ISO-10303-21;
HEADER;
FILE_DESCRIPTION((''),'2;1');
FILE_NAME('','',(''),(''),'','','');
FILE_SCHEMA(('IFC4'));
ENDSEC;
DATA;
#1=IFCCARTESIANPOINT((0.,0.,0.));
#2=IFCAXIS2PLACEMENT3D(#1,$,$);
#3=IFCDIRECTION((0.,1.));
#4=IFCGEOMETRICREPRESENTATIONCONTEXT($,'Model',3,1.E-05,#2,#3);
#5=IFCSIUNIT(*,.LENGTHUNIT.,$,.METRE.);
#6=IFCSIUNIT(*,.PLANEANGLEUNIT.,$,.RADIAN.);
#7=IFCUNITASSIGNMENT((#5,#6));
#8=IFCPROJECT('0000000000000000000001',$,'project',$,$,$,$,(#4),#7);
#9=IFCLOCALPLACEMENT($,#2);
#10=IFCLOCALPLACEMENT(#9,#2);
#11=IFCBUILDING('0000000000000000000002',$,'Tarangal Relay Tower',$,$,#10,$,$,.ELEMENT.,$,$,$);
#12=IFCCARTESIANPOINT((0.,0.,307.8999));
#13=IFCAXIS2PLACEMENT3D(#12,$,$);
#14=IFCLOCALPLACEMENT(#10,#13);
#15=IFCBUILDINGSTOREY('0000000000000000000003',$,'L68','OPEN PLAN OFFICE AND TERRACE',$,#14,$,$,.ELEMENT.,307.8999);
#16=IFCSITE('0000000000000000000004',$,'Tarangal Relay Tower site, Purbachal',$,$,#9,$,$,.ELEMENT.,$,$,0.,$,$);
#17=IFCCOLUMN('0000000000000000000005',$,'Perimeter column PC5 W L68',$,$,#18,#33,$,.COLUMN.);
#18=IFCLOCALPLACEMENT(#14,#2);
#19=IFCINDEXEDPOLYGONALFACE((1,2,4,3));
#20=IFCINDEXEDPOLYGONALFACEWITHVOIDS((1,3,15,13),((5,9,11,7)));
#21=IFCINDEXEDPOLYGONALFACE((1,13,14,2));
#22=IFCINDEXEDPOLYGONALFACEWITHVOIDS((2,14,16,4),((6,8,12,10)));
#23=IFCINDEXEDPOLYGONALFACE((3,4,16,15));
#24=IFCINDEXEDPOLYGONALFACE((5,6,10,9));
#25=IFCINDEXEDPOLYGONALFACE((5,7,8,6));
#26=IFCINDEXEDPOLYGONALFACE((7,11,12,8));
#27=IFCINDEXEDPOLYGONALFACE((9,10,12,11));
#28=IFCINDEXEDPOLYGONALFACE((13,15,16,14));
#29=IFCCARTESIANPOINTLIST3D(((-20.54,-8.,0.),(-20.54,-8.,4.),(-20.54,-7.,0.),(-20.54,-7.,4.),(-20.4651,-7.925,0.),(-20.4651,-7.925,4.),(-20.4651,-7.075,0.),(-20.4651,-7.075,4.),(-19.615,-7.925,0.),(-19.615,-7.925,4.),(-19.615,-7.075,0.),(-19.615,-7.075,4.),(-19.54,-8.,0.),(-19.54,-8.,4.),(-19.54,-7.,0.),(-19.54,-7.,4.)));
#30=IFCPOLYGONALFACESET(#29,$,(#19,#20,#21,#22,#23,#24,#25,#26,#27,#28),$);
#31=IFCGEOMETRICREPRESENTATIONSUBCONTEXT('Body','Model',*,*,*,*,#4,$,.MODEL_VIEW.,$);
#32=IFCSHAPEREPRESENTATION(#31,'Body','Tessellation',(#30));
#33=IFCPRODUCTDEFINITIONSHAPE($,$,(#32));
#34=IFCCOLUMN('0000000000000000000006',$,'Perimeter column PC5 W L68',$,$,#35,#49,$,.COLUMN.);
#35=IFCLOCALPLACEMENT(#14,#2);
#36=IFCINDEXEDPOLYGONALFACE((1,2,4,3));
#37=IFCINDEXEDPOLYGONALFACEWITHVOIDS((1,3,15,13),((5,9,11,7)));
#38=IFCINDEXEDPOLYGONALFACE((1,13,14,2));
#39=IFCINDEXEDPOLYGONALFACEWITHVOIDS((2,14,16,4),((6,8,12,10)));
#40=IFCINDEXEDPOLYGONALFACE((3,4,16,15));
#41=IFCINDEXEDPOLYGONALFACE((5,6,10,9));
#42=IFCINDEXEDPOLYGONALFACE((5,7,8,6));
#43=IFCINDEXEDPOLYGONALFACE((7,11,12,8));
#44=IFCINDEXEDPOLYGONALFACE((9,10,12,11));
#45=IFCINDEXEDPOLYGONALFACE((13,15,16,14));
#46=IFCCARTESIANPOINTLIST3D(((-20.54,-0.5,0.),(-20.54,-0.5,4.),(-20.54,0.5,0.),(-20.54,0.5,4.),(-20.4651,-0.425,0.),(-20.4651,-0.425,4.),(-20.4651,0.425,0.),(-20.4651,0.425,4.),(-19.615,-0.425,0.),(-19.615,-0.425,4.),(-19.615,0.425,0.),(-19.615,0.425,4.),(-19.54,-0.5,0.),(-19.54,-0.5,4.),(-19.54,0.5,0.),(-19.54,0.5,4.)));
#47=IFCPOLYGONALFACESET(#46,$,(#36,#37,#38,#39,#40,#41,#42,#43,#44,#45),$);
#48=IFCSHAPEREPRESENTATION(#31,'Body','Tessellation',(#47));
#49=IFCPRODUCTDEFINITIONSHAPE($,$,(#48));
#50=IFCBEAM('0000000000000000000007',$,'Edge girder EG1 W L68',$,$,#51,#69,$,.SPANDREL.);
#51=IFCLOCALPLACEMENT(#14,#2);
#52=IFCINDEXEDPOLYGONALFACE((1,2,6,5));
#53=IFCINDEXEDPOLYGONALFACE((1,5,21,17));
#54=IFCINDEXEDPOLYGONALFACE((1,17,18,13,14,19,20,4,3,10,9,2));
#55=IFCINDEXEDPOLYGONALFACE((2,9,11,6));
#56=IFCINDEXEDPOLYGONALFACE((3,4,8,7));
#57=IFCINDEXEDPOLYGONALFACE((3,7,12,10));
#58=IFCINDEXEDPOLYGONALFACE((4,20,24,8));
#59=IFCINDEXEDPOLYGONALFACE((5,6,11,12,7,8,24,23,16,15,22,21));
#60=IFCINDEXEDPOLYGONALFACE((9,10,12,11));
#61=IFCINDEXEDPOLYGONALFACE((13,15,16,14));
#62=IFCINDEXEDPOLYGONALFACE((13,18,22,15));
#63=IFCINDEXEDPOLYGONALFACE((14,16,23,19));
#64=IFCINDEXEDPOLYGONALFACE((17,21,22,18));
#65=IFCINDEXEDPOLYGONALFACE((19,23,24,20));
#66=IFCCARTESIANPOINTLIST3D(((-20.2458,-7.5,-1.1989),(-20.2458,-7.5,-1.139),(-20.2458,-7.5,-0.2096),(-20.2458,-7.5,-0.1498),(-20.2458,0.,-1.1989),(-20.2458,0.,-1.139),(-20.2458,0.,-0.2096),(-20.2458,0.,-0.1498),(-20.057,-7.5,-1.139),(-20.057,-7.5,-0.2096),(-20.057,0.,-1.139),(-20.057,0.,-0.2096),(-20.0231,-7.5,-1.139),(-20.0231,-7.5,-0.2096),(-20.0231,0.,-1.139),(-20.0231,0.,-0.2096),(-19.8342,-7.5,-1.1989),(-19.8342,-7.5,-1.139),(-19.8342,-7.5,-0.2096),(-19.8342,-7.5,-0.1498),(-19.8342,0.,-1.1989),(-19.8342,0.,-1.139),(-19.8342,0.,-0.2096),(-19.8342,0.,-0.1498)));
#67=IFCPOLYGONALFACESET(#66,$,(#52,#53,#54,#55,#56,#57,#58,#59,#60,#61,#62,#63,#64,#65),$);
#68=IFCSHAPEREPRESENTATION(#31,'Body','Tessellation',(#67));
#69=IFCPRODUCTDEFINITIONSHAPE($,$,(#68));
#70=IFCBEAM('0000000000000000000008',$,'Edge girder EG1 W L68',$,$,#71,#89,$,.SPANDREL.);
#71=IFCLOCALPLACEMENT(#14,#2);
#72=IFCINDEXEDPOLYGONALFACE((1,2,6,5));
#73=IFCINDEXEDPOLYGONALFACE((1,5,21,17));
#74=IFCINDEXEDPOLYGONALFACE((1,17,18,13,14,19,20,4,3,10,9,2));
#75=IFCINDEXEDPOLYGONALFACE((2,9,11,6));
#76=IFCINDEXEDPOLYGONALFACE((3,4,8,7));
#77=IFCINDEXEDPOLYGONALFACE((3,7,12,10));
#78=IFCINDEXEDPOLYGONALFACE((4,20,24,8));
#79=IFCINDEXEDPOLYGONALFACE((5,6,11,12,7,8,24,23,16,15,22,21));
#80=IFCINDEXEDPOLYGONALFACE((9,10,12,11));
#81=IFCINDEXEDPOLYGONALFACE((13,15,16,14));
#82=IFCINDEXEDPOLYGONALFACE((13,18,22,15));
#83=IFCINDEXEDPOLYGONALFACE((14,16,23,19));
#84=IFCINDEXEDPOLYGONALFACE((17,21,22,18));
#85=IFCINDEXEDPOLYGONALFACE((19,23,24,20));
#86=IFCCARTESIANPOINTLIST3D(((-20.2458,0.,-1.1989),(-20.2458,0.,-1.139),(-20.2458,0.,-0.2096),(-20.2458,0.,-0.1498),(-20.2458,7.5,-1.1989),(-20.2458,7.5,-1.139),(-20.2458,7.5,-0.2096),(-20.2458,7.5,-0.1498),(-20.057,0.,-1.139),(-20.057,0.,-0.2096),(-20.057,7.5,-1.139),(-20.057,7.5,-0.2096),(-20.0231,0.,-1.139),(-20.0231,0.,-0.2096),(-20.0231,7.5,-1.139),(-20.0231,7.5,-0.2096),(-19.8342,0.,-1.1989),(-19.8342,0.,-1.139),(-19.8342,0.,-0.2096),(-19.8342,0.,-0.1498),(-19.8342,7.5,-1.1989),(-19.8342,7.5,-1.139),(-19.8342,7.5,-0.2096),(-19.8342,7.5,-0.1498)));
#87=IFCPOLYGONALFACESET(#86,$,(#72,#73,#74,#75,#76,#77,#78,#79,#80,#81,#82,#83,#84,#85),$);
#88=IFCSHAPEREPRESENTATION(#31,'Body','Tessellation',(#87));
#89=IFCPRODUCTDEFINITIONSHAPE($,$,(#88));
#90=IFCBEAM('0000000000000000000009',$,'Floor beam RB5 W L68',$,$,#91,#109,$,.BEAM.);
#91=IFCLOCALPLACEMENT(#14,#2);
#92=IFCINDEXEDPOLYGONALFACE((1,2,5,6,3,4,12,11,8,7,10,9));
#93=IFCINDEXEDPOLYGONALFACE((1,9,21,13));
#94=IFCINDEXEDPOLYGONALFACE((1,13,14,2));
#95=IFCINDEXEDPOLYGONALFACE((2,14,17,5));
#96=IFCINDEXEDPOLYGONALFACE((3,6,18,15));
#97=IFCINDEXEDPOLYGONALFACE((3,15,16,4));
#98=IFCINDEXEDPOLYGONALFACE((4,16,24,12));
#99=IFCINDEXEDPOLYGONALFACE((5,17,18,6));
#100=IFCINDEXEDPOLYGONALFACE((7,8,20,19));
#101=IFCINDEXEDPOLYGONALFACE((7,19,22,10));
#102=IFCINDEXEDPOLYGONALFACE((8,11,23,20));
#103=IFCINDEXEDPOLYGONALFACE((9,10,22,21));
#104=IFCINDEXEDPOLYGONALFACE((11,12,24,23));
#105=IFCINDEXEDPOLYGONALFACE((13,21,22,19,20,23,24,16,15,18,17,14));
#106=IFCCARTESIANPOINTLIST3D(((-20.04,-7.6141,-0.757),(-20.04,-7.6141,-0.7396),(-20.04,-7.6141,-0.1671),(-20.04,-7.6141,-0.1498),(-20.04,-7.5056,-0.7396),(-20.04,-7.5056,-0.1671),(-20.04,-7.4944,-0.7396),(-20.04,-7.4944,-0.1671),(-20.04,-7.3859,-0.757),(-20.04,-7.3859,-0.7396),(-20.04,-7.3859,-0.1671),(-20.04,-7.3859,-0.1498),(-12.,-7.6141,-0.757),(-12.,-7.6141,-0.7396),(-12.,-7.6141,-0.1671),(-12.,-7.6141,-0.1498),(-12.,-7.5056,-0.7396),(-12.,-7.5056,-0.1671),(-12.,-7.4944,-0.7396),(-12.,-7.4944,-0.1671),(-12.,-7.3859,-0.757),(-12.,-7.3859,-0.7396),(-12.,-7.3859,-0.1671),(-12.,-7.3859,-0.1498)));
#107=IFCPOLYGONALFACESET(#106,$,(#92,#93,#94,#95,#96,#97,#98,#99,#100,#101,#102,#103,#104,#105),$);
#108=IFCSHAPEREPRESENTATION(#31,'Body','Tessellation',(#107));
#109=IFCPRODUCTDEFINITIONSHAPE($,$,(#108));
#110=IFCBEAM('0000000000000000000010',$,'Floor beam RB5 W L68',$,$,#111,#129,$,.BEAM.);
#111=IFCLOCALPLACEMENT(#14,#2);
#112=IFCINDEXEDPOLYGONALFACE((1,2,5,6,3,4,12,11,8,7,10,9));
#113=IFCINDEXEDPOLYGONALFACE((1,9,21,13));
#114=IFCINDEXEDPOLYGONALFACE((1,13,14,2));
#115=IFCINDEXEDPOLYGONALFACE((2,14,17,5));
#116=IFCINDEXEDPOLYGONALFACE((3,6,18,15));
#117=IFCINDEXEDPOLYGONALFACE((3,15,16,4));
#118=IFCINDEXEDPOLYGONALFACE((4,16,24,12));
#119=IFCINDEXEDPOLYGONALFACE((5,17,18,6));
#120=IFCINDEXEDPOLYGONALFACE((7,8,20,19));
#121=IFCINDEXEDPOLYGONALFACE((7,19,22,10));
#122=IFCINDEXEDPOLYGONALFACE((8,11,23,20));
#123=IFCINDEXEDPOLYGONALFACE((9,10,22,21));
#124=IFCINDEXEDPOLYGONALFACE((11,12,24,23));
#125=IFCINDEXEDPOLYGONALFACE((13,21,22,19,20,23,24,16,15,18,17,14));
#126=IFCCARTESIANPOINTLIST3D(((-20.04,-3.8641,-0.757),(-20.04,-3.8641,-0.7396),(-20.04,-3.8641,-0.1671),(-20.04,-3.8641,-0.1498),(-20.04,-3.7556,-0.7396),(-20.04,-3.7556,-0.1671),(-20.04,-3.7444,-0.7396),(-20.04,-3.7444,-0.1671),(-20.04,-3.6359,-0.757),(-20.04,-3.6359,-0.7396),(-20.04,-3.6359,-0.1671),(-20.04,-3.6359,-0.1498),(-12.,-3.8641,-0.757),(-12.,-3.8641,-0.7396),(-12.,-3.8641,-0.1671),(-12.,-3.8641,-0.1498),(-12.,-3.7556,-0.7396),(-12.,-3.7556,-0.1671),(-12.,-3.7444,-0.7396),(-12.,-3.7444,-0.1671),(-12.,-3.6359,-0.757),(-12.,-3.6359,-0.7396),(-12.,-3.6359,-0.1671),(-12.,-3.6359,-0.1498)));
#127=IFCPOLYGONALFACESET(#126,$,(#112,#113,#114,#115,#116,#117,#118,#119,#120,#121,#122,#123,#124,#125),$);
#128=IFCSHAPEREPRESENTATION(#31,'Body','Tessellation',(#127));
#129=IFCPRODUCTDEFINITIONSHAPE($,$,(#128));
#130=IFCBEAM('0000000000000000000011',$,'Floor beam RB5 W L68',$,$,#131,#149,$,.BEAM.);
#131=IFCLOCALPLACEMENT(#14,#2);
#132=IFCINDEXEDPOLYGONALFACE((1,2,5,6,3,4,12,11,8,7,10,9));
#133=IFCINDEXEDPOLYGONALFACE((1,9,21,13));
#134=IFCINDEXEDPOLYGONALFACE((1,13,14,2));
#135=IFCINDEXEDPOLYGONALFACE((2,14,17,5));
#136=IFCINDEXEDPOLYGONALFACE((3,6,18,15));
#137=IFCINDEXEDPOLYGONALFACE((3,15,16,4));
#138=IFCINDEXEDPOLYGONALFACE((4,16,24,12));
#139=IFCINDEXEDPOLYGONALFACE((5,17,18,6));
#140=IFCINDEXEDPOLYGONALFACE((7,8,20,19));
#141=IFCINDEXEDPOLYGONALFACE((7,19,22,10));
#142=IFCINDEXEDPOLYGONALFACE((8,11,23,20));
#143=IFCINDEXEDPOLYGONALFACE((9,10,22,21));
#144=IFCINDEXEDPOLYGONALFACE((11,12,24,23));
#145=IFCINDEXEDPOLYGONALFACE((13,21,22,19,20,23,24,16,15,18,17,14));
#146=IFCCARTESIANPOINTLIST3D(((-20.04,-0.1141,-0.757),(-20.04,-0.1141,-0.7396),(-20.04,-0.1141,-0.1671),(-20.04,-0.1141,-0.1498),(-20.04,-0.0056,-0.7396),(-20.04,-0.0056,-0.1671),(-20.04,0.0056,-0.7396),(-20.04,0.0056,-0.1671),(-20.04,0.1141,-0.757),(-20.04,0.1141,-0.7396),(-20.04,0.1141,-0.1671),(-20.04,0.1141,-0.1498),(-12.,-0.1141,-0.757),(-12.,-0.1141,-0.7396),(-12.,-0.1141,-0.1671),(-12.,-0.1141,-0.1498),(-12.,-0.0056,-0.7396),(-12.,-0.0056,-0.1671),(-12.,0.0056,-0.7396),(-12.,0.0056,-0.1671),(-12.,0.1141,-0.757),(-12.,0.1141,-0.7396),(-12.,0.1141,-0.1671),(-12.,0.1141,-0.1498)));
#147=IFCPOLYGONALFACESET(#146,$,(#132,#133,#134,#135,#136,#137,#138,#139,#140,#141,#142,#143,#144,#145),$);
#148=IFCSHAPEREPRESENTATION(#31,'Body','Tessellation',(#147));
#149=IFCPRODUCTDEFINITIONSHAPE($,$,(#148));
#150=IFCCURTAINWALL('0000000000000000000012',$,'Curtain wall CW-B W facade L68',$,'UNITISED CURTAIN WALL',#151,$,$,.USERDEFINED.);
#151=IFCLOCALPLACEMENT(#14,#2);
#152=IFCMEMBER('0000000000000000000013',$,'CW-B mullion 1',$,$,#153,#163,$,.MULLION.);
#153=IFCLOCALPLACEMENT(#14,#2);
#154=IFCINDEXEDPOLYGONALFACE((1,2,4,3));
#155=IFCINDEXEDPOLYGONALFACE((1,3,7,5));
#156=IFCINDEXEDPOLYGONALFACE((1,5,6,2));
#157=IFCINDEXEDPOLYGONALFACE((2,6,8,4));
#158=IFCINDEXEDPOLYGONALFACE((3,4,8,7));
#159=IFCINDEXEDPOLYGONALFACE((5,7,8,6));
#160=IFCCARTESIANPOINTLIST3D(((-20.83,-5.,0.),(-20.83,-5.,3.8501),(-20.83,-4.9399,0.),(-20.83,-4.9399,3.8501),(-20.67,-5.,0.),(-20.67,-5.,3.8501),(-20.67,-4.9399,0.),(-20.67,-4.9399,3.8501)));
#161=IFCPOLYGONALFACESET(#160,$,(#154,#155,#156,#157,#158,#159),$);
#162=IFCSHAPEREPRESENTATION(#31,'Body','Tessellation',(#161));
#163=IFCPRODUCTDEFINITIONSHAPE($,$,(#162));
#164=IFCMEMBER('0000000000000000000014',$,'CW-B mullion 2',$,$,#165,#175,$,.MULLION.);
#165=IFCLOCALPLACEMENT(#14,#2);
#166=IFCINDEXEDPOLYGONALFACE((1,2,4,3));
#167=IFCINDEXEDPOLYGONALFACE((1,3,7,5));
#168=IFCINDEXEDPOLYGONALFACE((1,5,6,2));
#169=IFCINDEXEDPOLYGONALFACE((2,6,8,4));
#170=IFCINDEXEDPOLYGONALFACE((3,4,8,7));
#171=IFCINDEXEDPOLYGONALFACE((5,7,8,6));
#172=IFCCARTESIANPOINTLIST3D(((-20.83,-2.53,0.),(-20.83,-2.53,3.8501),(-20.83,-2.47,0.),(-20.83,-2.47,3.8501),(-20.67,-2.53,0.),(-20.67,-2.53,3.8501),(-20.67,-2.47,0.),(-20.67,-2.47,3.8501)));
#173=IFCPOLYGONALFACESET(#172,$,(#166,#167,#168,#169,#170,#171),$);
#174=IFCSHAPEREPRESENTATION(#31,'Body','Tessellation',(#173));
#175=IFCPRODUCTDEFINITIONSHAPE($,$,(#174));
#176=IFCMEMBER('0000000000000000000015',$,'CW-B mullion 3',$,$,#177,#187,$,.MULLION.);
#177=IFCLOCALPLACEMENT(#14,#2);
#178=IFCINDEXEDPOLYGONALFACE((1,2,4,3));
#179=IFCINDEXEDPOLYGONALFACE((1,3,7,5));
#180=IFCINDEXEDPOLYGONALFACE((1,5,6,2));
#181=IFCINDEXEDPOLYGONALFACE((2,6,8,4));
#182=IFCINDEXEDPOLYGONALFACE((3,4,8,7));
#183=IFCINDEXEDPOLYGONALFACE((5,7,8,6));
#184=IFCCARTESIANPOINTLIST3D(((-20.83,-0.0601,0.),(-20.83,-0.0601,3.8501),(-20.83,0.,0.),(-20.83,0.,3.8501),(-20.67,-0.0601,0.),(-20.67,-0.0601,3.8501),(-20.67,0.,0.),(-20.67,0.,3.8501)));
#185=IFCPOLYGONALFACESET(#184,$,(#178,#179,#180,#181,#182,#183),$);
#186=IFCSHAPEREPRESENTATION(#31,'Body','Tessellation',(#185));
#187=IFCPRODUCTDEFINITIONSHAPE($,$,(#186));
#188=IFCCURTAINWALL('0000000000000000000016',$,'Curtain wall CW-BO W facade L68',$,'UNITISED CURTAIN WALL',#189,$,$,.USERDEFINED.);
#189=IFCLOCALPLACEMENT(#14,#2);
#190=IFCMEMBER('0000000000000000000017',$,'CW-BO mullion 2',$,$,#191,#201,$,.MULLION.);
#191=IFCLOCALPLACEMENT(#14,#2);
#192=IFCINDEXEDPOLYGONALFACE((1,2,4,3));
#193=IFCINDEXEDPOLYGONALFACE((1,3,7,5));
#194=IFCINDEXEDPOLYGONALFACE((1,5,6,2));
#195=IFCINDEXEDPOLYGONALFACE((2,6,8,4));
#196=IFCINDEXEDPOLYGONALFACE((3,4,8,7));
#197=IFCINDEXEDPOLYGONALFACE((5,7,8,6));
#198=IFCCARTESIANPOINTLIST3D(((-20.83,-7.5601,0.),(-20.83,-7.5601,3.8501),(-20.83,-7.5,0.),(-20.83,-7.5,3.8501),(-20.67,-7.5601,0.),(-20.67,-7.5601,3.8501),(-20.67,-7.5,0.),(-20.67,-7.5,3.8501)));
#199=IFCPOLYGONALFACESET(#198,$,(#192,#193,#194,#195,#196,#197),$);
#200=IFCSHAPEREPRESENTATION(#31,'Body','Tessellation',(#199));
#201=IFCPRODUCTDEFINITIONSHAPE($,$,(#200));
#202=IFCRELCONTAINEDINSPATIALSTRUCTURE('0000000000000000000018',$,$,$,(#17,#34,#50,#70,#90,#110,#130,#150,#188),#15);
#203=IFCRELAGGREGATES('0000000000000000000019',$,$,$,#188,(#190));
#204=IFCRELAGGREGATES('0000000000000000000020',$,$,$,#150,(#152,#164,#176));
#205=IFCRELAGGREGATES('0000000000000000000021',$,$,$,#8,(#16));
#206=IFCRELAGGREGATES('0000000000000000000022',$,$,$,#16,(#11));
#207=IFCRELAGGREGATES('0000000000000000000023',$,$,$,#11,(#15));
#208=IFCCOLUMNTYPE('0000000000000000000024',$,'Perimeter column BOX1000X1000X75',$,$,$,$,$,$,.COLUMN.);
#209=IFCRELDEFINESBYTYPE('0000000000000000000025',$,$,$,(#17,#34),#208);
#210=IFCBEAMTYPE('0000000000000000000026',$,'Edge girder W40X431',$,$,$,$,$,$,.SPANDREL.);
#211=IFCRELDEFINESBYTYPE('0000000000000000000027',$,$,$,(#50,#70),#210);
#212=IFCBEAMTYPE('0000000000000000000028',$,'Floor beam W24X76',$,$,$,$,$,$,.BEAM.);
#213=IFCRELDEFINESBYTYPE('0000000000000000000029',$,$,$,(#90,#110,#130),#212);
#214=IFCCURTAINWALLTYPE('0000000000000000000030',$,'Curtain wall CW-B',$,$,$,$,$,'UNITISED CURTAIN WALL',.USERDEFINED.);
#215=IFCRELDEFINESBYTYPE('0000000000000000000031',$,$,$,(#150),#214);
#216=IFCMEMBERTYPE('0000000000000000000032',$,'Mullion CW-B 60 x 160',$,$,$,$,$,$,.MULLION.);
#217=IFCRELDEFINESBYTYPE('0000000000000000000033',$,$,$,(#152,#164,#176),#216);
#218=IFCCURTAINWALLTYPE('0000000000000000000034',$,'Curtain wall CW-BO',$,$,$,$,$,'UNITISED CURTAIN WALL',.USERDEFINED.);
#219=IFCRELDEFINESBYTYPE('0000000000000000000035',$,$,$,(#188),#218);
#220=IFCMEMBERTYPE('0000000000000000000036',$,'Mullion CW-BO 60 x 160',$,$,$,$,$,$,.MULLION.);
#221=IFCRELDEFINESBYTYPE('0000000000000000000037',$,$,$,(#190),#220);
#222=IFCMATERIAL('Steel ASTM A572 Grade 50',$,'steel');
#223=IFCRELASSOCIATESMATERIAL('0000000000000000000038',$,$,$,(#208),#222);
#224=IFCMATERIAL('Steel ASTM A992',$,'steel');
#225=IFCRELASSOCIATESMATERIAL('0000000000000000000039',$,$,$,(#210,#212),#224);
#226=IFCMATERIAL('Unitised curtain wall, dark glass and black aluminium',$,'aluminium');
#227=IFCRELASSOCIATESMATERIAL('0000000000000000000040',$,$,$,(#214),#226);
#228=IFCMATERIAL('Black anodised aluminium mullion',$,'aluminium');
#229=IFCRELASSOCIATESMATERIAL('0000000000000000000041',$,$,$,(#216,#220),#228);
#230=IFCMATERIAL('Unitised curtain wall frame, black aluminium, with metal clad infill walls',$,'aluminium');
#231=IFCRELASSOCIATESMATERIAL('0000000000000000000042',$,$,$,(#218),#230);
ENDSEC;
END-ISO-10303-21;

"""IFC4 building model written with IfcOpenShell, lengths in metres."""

from ifc_helpers import new_model, si_unit, direction, frame, origin, origin_2d, place, context, subcontext, project, spatial, rectangle, hollow_rectangle, i_section, extrude, material, material_profile, profile_set, type_object, element, aggregate, save


model = new_model("IFC4")

# Units and contexts
model_context = context("Model", 3, precision=1e-05, world=origin(), true_north=direction((0.0, 1.0)))
body_context = subcontext(model_context, "Body", "Model", "MODEL_VIEW")
ifc_project = project(units=[si_unit("LENGTHUNIT", "METRE"), si_unit("PLANEANGLEUNIT", "RADIAN")], contexts=[model_context])

# Site, building, storey
site_placement = place(None, origin())
site = spatial("IfcSite", under=ifc_project, at=site_placement, Name="Tarangal Relay Tower site, Purbachal", CompositionType="ELEMENT", RefElevation=0.0)
building_placement = place(site_placement, origin())
building = spatial("IfcBuilding", under=site, at=building_placement, Name="Tarangal Relay Tower", CompositionType="ELEMENT")
storey_placement = place(building_placement, frame((0.0, 0.0, 307.8999)))
storey = spatial("IfcBuildingStorey", under=building, at=storey_placement, Name="L68", Description="OPEN PLAN OFFICE AND TERRACE", CompositionType="ELEMENT", Elevation=307.8999)

# Columns
ifc_material_1 = material(Name="Steel ASTM A572 Grade 50", Category="steel")
ifc_material_profile_1 = material_profile(ifc_material_1, hollow_rectangle(XDim=1.0, YDim=1.0, WallThickness=0.075, at=origin_2d()), Name="BOX1000X1000X75")
ifc_profile_set_1 = profile_set([ifc_material_profile_1], Name="Steel ASTM A572 Grade 50")
column_type = type_object("IfcColumnType", Name="Perimeter column BOX1000X1000X75", PredefinedType="COLUMN", material=ifc_profile_set_1)
for number, where, z_axis, x_axis, name in (
    (1, (-20.04, -7.5, 0.0), (0.0, 0.0, 1.0), (1.0, 0.0, 0.0), "Perimeter column PC5 W L68"),
    (2, (-20.04, 0.0, 0.0), (0.0, 0.0, 1.0), (1.0, 0.0, 0.0), "Perimeter column PC5 W L68"),
):
    element("IfcColumn", number, at=place(storey_placement, frame(where, z_axis=z_axis, x_axis=x_axis)), inside=storey, type_object=column_type, Name=name, PredefinedType="COLUMN", context=body_context, shape_type="SweptSolid", body=[
        extrude(hollow_rectangle(XDim=1.0, YDim=1.0, WallThickness=0.075, at=origin_2d()), origin(), (0.0, 0.0, 1.0), 4.0),
    ])

# Beams
ifc_material_2 = material(Name="Steel ASTM A992", Category="steel")
ifc_material_profile_2 = material_profile(ifc_material_2, i_section(OverallWidth=0.4116, OverallDepth=1.0491, WebThickness=0.0339, FlangeThickness=0.0598, at=origin_2d()), Name="W40X431")
ifc_profile_set_2 = profile_set([ifc_material_profile_2], Name="Steel ASTM A992")
beam_type_1 = type_object("IfcBeamType", Name="Edge girder W40X431", PredefinedType="SPANDREL", material=ifc_profile_set_2)
for number, where, z_axis, x_axis, name in (
    (3, (-20.04, -7.5, -0.6743), (0.0, 1.0, 0.0), (-1.0, 0.0, 0.0), "Edge girder EG1 W L68"),
    (4, (-20.04, 0.0, -0.6743), (0.0, 1.0, 0.0), (-1.0, 0.0, 0.0), "Edge girder EG1 W L68"),
):
    element("IfcBeam", number, at=place(storey_placement, frame(where, z_axis=z_axis, x_axis=x_axis)), inside=storey, type_object=beam_type_1, Name=name, PredefinedType="SPANDREL", context=body_context, shape_type="SweptSolid", body=[
        extrude(i_section(OverallWidth=0.4116, OverallDepth=1.0491, WebThickness=0.0339, FlangeThickness=0.0598, at=origin_2d()), origin(), (0.0, 0.0, 1.0), 7.5),
    ])
ifc_material_profile_3 = material_profile(ifc_material_2, i_section(OverallWidth=0.2283, OverallDepth=0.6072, WebThickness=0.0112, FlangeThickness=0.0173, at=origin_2d()), Name="W24X76")
ifc_profile_set_3 = profile_set([ifc_material_profile_3], Name="Steel ASTM A992")
beam_type_2 = type_object("IfcBeamType", Name="Floor beam W24X76", PredefinedType="BEAM", material=ifc_profile_set_3)
for number, where, z_axis, x_axis, name in (
    (5, (-12.0, -7.5, -0.4534), (-1.0, 0.0, 0.0), (0.0, -1.0, 0.0), "Floor beam RB5 W L68"),
    (6, (-12.0, -3.75, -0.4534), (-1.0, 0.0, 0.0), (0.0, -1.0, 0.0), "Floor beam RB5 W L68"),
    (7, (-12.0, 0.0, -0.4534), (-1.0, 0.0, 0.0), (0.0, -1.0, 0.0), "Floor beam RB5 W L68"),
):
    element("IfcBeam", number, at=place(storey_placement, frame(where, z_axis=z_axis, x_axis=x_axis)), inside=storey, type_object=beam_type_2, Name=name, PredefinedType="BEAM", context=body_context, shape_type="SweptSolid", body=[
        extrude(i_section(OverallWidth=0.2283, OverallDepth=0.6072, WebThickness=0.0112, FlangeThickness=0.0173, at=origin_2d()), origin(), (0.0, 0.0, 1.0), 8.04),
    ])

# Curtain wall, members
ifc_material_3 = material(Name="Unitised curtain wall, dark glass and black aluminium", Category="aluminium")
curtain_wall_type_1 = type_object("IfcCurtainWallType", Name="Curtain wall CW-B", ElementType="UNITISED CURTAIN WALL", PredefinedType="USERDEFINED", material=ifc_material_3)
curtain_wall_1_placement = place(storey_placement, origin())
curtain_wall_1 = element("IfcCurtainWall", 8, at=curtain_wall_1_placement, inside=storey, type_object=curtain_wall_type_1, Name="Curtain wall CW-B W facade L68", ObjectType="UNITISED CURTAIN WALL", PredefinedType="USERDEFINED")
ifc_material_4 = material(Name="Black anodised aluminium mullion", Category="aluminium")
ifc_material_profile_4 = material_profile(ifc_material_4, rectangle(XDim=0.1599, YDim=0.0601, at=origin_2d()), Name="CW-BM 60X160")
ifc_profile_set_4 = profile_set([ifc_material_profile_4], Name="Black anodised aluminium mullion")
member_type_1 = type_object("IfcMemberType", Name="Mullion CW-B 60 x 160", PredefinedType="MULLION", material=ifc_profile_set_4)
member_1_placement = place(storey_placement, frame((-20.75, -4.97, 0.0), z_axis=(0.0, 0.0, 1.0), x_axis=(-1.0, 0.0, 0.0)))
member_1 = element("IfcMember", 9, at=member_1_placement, type_object=member_type_1, Name="CW-B mullion 1", PredefinedType="MULLION", context=body_context, shape_type="SweptSolid", body=[
    extrude(rectangle(XDim=0.1599, YDim=0.0601, at=origin_2d()), origin(), (0.0, 0.0, 1.0), 3.8501),
])
member_2_placement = place(storey_placement, frame((-20.75, -2.5, 0.0), z_axis=(0.0, 0.0, 1.0), x_axis=(-1.0, 0.0, 0.0)))
member_2 = element("IfcMember", 10, at=member_2_placement, type_object=member_type_1, Name="CW-B mullion 2", PredefinedType="MULLION", context=body_context, shape_type="SweptSolid", body=[
    extrude(rectangle(XDim=0.1599, YDim=0.0601, at=origin_2d()), origin(), (0.0, 0.0, 1.0), 3.8501),
])
member_3_placement = place(storey_placement, frame((-20.75, -0.03, 0.0), z_axis=(0.0, 0.0, 1.0), x_axis=(-1.0, 0.0, 0.0)))
member_3 = element("IfcMember", 11, at=member_3_placement, type_object=member_type_1, Name="CW-B mullion 3", PredefinedType="MULLION", context=body_context, shape_type="SweptSolid", body=[
    extrude(rectangle(XDim=0.1599, YDim=0.0601, at=origin_2d()), origin(), (0.0, 0.0, 1.0), 3.8501),
])

# Curtain wall, member
ifc_material_5 = material(Name="Unitised curtain wall frame, black aluminium, with metal clad infill walls", Category="aluminium")
curtain_wall_type_2 = type_object("IfcCurtainWallType", Name="Curtain wall CW-BO", ElementType="UNITISED CURTAIN WALL", PredefinedType="USERDEFINED", material=ifc_material_5)
curtain_wall_2_placement = place(storey_placement, origin())
curtain_wall_2 = element("IfcCurtainWall", 12, at=curtain_wall_2_placement, inside=storey, type_object=curtain_wall_type_2, Name="Curtain wall CW-BO W facade L68", ObjectType="UNITISED CURTAIN WALL", PredefinedType="USERDEFINED")
ifc_material_profile_5 = material_profile(ifc_material_4, rectangle(XDim=0.1599, YDim=0.0601, at=origin_2d()), Name="CW-BOM 60X160")
ifc_profile_set_5 = profile_set([ifc_material_profile_5], Name="Black anodised aluminium mullion")
member_type_2 = type_object("IfcMemberType", Name="Mullion CW-BO 60 x 160", PredefinedType="MULLION", material=ifc_profile_set_5)
member_4_placement = place(storey_placement, frame((-20.75, -7.53, 0.0), z_axis=(0.0, 0.0, 1.0), x_axis=(-1.0, 0.0, 0.0)))
member_4 = element("IfcMember", 13, at=member_4_placement, type_object=member_type_2, Name="CW-BO mullion 2", PredefinedType="MULLION", context=body_context, shape_type="SweptSolid", body=[
    extrude(rectangle(XDim=0.1599, YDim=0.0601, at=origin_2d()), origin(), (0.0, 0.0, 1.0), 3.8501),
])
aggregate(curtain_wall_2, [member_4])

aggregate(curtain_wall_1, [member_1, member_2, member_3])

save(model, "model.ifc")
